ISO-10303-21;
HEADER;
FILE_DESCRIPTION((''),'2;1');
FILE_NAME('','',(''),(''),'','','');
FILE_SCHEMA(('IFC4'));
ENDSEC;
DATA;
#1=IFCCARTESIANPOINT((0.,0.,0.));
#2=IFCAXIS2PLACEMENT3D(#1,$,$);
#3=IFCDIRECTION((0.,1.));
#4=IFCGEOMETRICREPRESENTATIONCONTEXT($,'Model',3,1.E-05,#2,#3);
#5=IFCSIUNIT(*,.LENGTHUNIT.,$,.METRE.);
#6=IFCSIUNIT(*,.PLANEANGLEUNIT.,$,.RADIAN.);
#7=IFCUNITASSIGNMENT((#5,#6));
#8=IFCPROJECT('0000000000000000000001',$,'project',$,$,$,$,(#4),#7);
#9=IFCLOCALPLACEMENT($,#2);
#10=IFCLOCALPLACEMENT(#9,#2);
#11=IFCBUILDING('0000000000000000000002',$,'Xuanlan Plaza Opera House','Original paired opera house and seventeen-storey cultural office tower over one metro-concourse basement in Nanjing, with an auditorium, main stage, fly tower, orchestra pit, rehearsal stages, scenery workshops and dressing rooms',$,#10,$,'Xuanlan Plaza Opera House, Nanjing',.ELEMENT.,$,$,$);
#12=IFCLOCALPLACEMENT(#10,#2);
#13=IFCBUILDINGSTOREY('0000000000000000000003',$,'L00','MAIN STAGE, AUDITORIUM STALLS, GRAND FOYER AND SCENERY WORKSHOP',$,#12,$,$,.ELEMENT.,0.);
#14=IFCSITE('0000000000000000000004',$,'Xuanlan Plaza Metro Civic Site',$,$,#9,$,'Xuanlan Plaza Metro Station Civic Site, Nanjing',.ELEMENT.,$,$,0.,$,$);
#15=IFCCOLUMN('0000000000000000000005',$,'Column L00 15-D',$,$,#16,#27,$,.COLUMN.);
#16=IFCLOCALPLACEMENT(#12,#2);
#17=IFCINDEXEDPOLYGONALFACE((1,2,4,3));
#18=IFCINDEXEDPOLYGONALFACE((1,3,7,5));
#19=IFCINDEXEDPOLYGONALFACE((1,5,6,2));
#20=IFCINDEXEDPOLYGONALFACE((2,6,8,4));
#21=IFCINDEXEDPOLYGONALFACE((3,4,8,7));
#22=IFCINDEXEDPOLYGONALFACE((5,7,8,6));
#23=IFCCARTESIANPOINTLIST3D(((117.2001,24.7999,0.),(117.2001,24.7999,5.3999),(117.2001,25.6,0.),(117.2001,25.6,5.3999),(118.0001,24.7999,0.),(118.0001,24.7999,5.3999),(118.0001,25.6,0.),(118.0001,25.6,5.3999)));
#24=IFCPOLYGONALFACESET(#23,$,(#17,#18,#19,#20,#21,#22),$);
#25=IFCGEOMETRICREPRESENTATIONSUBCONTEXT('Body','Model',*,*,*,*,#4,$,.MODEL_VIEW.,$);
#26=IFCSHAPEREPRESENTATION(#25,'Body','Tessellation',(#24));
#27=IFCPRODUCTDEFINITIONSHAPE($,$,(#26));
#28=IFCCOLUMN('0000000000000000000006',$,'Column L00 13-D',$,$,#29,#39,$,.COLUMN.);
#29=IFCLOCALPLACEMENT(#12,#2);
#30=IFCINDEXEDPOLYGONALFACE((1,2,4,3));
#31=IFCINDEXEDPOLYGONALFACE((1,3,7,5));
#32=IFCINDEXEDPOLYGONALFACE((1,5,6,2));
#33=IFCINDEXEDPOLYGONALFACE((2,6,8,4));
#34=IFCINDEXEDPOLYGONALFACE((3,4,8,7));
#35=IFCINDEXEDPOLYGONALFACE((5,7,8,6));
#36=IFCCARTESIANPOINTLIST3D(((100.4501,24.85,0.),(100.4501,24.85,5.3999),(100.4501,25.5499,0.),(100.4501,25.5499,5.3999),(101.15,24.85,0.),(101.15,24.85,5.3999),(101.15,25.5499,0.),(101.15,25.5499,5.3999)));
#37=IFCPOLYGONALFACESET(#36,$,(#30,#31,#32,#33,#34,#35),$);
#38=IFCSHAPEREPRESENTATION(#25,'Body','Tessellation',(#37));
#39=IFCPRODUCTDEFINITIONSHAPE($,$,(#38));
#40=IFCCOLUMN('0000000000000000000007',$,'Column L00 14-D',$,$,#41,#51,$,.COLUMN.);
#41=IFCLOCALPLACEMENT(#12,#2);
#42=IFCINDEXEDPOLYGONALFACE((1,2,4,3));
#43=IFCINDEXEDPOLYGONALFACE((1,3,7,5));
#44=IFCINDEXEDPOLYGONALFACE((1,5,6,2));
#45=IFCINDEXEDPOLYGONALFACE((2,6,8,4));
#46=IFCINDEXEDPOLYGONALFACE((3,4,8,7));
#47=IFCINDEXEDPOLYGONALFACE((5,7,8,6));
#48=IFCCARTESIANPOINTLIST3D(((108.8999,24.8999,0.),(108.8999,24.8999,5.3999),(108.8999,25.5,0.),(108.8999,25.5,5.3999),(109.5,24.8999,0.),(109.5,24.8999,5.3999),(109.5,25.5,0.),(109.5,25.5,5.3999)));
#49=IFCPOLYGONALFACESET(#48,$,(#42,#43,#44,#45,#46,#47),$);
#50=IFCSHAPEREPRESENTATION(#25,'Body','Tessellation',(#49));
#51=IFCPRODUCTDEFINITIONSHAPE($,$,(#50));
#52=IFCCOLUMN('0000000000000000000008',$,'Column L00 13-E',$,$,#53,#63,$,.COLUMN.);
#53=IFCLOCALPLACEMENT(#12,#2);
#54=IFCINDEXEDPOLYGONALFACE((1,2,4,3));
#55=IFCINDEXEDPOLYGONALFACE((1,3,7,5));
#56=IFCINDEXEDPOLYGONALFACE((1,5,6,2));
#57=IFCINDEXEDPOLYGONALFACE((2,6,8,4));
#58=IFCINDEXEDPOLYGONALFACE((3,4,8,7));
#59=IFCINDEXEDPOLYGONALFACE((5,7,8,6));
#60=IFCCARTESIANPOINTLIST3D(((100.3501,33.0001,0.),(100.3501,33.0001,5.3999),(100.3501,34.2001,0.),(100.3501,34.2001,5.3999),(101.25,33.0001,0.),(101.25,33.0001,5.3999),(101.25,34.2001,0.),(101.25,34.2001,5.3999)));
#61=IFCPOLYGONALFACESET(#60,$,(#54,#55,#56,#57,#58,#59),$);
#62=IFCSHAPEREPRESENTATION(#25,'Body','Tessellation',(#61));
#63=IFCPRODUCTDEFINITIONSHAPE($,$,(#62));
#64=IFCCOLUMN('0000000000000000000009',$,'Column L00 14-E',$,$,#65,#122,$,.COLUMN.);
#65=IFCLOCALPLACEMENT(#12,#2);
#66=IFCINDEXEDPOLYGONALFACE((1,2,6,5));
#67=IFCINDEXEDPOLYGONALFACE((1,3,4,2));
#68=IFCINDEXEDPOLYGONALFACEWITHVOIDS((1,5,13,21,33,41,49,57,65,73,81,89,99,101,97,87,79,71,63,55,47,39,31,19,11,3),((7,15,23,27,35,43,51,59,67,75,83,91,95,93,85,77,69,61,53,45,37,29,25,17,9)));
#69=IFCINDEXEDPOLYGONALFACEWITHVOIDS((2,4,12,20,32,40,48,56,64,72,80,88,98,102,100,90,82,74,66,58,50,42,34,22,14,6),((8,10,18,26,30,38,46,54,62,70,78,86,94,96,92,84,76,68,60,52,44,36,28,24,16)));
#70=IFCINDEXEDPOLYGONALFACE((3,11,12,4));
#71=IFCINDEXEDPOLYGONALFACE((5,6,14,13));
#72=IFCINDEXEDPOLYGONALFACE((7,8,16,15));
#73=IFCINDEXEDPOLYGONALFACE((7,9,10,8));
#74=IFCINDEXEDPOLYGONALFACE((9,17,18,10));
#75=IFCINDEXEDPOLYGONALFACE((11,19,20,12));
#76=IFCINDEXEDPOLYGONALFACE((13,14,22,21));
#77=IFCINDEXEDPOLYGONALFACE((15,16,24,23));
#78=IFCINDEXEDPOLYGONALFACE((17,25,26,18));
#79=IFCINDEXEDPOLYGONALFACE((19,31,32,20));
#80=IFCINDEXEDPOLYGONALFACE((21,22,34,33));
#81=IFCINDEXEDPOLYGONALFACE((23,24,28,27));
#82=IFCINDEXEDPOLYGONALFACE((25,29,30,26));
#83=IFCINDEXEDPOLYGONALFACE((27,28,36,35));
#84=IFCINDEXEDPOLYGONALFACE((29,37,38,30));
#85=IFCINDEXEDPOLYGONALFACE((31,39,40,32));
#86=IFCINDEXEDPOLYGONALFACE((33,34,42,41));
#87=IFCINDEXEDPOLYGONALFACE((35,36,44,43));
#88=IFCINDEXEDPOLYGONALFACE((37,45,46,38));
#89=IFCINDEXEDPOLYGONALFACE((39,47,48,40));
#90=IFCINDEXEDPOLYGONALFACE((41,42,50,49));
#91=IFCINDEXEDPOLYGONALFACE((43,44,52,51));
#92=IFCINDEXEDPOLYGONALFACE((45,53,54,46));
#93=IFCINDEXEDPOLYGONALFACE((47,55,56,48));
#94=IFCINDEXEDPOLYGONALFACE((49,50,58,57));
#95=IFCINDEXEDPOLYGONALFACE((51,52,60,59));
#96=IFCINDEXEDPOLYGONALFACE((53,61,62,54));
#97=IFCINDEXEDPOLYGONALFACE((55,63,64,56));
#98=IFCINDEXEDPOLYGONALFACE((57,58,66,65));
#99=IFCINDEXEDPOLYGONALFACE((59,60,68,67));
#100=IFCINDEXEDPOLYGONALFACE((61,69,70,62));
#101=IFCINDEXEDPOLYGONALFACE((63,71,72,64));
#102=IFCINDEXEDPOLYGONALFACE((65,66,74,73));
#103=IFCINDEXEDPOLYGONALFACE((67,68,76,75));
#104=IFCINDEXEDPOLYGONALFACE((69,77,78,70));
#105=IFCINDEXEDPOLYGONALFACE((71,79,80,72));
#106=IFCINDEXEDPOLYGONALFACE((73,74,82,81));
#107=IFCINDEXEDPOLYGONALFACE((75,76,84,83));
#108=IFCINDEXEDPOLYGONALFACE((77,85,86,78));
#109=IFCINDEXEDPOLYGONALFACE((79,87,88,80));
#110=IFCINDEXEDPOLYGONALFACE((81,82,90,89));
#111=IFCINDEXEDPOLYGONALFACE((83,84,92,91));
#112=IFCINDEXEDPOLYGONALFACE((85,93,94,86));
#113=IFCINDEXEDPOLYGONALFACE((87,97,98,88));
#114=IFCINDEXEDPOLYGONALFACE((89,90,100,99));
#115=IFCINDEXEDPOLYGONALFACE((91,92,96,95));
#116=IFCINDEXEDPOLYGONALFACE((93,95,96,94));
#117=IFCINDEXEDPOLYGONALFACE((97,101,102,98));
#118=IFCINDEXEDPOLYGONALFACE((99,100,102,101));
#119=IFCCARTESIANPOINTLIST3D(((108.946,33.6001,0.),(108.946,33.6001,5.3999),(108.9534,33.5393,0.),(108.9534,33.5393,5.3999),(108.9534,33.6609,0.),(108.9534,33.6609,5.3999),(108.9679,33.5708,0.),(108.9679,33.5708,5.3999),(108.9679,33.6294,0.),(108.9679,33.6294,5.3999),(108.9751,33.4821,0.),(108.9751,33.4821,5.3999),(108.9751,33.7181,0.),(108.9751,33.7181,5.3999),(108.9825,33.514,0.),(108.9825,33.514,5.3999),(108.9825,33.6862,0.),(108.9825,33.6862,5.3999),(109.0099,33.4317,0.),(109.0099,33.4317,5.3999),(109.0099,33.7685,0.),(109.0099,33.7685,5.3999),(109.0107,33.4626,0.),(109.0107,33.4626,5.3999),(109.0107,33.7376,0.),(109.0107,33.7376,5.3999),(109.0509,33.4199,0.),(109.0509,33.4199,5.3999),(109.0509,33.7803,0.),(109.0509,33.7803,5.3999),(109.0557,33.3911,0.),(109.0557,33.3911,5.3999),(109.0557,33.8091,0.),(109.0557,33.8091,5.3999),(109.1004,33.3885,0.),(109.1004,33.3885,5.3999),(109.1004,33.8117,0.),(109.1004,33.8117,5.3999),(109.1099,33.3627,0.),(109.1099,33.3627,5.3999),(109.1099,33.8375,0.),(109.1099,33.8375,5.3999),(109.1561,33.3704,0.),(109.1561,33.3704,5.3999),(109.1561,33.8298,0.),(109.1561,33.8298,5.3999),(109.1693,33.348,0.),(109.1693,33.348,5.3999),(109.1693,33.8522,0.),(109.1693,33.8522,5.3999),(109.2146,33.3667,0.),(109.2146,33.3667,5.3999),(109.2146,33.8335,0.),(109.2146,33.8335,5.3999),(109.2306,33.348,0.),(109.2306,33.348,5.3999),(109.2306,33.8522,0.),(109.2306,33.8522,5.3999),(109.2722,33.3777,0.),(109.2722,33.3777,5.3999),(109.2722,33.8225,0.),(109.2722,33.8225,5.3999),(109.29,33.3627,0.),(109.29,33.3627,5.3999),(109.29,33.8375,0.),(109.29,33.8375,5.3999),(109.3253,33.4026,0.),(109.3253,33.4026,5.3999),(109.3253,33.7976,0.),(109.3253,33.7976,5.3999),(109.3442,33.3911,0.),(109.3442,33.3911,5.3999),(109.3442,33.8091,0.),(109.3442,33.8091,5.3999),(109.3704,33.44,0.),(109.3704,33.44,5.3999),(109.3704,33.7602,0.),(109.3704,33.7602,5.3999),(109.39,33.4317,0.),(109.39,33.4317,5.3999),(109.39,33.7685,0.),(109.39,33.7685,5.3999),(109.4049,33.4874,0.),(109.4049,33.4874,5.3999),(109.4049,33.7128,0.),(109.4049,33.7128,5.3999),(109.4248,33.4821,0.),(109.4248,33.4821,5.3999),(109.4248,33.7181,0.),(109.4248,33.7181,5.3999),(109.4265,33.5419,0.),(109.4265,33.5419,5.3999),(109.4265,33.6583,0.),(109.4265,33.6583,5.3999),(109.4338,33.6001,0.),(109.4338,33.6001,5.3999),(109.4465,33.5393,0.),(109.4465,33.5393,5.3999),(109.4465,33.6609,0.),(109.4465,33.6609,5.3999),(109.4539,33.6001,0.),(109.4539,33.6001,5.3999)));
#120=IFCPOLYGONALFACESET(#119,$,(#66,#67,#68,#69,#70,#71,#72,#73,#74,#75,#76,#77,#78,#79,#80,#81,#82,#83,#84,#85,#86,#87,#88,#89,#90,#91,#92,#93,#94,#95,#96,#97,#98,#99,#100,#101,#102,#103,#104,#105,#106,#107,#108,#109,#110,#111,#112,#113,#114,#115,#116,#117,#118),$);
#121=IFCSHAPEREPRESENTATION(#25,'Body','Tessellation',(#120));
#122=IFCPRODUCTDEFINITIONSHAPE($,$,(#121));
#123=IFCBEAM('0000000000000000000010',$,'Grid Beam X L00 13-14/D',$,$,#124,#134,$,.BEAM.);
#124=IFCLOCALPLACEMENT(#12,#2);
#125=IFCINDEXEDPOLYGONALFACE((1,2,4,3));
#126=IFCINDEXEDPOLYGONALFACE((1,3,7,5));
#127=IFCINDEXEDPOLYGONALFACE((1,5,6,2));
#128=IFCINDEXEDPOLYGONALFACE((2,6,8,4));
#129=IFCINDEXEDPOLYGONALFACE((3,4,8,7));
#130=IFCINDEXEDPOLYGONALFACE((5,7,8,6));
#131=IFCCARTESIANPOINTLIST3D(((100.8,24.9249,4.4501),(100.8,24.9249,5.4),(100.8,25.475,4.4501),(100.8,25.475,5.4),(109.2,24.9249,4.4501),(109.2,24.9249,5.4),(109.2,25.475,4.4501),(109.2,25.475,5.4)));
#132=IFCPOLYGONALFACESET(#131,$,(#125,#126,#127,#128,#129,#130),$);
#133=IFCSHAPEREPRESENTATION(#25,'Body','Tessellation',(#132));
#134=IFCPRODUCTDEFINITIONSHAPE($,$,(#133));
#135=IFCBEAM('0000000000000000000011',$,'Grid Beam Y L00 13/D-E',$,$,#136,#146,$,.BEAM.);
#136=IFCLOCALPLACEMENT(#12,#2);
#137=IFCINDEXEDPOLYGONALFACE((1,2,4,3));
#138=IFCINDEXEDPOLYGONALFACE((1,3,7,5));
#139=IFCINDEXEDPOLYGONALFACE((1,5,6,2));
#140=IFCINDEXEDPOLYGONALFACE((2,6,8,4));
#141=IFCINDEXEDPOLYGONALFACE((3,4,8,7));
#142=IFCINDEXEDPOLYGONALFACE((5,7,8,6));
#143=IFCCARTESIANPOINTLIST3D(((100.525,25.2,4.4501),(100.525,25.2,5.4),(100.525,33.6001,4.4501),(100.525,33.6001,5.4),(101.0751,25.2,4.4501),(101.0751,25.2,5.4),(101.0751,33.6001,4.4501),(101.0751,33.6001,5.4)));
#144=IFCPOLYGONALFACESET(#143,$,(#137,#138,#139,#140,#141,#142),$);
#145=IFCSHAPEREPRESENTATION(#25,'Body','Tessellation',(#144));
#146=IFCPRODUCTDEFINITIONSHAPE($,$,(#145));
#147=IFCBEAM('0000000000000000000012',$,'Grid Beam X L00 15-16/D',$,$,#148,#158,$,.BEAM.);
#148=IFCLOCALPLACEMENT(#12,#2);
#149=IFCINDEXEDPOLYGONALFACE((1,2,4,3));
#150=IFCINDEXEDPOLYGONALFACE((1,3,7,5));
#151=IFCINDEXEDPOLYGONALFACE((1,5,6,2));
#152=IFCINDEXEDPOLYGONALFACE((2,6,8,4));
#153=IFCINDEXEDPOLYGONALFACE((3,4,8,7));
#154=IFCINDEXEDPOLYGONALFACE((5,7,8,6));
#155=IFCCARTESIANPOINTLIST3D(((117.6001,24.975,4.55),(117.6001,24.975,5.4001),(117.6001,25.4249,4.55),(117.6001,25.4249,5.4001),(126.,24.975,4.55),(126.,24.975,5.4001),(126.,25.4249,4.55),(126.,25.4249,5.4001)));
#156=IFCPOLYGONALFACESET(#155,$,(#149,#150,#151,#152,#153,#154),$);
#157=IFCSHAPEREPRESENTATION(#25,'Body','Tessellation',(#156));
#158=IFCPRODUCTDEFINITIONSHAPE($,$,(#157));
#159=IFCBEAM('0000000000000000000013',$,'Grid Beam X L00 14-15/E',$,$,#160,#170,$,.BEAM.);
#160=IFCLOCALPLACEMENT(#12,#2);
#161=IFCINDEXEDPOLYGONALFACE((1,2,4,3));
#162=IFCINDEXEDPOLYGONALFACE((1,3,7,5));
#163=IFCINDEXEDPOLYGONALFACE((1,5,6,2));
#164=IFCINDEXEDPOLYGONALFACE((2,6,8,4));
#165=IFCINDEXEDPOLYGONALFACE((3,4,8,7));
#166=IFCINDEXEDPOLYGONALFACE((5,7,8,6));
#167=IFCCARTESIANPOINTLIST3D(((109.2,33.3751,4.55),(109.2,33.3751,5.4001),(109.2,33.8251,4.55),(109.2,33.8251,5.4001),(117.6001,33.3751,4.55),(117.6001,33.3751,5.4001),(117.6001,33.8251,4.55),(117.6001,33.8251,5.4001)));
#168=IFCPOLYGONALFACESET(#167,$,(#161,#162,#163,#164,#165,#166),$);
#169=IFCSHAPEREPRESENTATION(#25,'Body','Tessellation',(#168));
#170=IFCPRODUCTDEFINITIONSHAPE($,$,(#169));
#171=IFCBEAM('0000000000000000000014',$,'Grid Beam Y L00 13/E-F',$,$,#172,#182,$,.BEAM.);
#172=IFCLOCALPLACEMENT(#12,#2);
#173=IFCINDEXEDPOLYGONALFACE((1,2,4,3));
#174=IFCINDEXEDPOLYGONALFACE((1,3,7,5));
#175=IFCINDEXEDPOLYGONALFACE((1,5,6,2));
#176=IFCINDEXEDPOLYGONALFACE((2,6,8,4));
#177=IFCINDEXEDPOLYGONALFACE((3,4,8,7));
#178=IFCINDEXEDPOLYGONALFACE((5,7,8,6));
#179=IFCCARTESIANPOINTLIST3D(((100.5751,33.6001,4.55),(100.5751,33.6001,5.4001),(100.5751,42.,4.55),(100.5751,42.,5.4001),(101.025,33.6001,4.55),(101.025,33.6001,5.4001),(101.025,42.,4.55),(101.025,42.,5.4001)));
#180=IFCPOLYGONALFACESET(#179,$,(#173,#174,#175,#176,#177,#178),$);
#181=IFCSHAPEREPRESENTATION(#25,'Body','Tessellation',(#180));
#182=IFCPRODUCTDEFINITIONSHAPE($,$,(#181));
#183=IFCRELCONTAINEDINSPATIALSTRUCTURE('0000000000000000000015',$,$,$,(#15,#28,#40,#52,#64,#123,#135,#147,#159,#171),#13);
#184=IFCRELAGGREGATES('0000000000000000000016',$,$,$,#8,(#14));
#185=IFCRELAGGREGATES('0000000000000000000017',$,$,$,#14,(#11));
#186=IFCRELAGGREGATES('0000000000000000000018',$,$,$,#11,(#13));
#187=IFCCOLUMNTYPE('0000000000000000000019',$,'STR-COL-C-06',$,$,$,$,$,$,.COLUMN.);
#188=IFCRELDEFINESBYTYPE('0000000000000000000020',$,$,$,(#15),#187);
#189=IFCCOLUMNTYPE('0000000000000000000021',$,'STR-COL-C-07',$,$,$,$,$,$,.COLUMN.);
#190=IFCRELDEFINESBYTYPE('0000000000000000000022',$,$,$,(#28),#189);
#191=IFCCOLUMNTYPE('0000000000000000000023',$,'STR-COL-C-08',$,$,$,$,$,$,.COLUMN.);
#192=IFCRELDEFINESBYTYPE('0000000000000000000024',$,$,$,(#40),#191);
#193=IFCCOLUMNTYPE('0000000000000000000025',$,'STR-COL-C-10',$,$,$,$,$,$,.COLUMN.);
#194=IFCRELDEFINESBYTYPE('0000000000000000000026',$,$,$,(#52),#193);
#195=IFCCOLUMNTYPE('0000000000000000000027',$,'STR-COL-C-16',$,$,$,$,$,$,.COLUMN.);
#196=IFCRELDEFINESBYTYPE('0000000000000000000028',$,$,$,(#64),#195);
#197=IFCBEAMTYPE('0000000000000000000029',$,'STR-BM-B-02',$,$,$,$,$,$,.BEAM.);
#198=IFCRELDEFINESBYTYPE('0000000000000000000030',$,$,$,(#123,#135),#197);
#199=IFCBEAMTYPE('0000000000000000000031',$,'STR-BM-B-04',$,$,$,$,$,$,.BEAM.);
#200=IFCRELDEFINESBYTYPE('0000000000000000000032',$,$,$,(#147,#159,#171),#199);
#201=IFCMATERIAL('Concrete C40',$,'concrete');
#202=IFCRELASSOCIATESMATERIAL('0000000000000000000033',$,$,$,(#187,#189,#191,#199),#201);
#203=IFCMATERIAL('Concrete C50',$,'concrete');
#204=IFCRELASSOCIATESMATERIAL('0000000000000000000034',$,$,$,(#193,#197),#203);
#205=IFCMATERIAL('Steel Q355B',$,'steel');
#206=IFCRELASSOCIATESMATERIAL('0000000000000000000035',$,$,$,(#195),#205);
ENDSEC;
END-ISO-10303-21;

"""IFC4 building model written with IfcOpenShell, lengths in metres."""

from ifc_helpers import new_model, si_unit, direction, frame, origin, origin_2d, place, context, subcontext, project, spatial, rectangle, hollow_circle, extrude, material, material_profile, profile_set, type_object, element, save


model = new_model("IFC4")

# Units and contexts
model_context = context("Model", 3, precision=1e-05, world=origin(), true_north=direction((0.0, 1.0)))
body_context = subcontext(model_context, "Body", "Model", "MODEL_VIEW")
ifc_project = project(units=[si_unit("LENGTHUNIT", "METRE"), si_unit("PLANEANGLEUNIT", "RADIAN")], contexts=[model_context])

# Site, building, storey
site_placement = place(None, origin())
site = spatial("IfcSite", under=ifc_project, at=site_placement, Name="Xuanlan Plaza Metro Civic Site", LongName="Xuanlan Plaza Metro Station Civic Site, Nanjing", CompositionType="ELEMENT", RefElevation=0.0)
building_placement = place(site_placement, origin())
building = spatial("IfcBuilding", under=site, at=building_placement, Name="Xuanlan Plaza Opera House", Description="Original paired opera house and seventeen-storey cultural office tower over one metro-concourse basement in Nanjing, with an auditorium, main stage, fly tower, orchestra pit, rehearsal stages, scenery workshops and dressing rooms", LongName="Xuanlan Plaza Opera House, Nanjing", CompositionType="ELEMENT")
storey_placement = place(building_placement, origin())
storey = spatial("IfcBuildingStorey", under=building, at=storey_placement, Name="L00", Description="MAIN STAGE, AUDITORIUM STALLS, GRAND FOYER AND SCENERY WORKSHOP", CompositionType="ELEMENT", Elevation=0.0)

# Columns
ifc_material_1 = material(Name="Concrete C40", Category="concrete")
ifc_material_profile_1 = material_profile(ifc_material_1, rectangle(XDim=0.8, YDim=0.8, at=origin_2d()), Name="RC-COL 800x800")
ifc_profile_set_1 = profile_set([ifc_material_profile_1], Name="Concrete C40")
column_type_1 = type_object("IfcColumnType", Name="STR-COL-C-06", PredefinedType="COLUMN", material=ifc_profile_set_1)
column_1_placement = place(storey_placement, frame((117.6001, 25.2, 0.0), z_axis=(0.0, 0.0, 1.0), x_axis=(1.0, 0.0, 0.0)))
element("IfcColumn", 1, at=column_1_placement, inside=storey, type_object=column_type_1, Name="Column L00 15-D", PredefinedType="COLUMN", context=body_context, shape_type="SweptSolid", body=[
    extrude(rectangle(XDim=0.8, YDim=0.8, at=origin_2d()), origin(), (0.0, 0.0, 1.0), 5.3999),
])
ifc_material_profile_2 = material_profile(ifc_material_1, rectangle(XDim=0.7, YDim=0.7, at=origin_2d()), Name="RC-COL 700x700")
ifc_profile_set_2 = profile_set([ifc_material_profile_2], Name="Concrete C40")
column_type_2 = type_object("IfcColumnType", Name="STR-COL-C-07", PredefinedType="COLUMN", material=ifc_profile_set_2)
column_2_placement = place(storey_placement, frame((100.8, 25.2, 0.0), z_axis=(0.0, 0.0, 1.0), x_axis=(1.0, 0.0, 0.0)))
element("IfcColumn", 2, at=column_2_placement, inside=storey, type_object=column_type_2, Name="Column L00 13-D", PredefinedType="COLUMN", context=body_context, shape_type="SweptSolid", body=[
    extrude(rectangle(XDim=0.7, YDim=0.7, at=origin_2d()), origin(), (0.0, 0.0, 1.0), 5.3999),
])
ifc_material_profile_3 = material_profile(ifc_material_1, rectangle(XDim=0.6001, YDim=0.6001, at=origin_2d()), Name="RC-COL 600x600")
ifc_profile_set_3 = profile_set([ifc_material_profile_3], Name="Concrete C40")
column_type_3 = type_object("IfcColumnType", Name="STR-COL-C-08", PredefinedType="COLUMN", material=ifc_profile_set_3)
column_3_placement = place(storey_placement, frame((109.2, 25.2, 0.0), z_axis=(0.0, 0.0, 1.0), x_axis=(1.0, 0.0, 0.0)))
element("IfcColumn", 3, at=column_3_placement, inside=storey, type_object=column_type_3, Name="Column L00 14-D", PredefinedType="COLUMN", context=body_context, shape_type="SweptSolid", body=[
    extrude(rectangle(XDim=0.6001, YDim=0.6001, at=origin_2d()), origin(), (0.0, 0.0, 1.0), 5.3999),
])
ifc_material_2 = material(Name="Concrete C50", Category="concrete")
ifc_material_profile_4 = material_profile(ifc_material_2, rectangle(XDim=0.8999, YDim=1.2, at=origin_2d()), Name="RC-COL 900x1200")
ifc_profile_set_4 = profile_set([ifc_material_profile_4], Name="Concrete C50")
column_type_4 = type_object("IfcColumnType", Name="STR-COL-C-10", PredefinedType="COLUMN", material=ifc_profile_set_4)
column_4_placement = place(storey_placement, frame((100.8, 33.6001, 0.0), z_axis=(0.0, 0.0, 1.0), x_axis=(1.0, 0.0, 0.0)))
element("IfcColumn", 4, at=column_4_placement, inside=storey, type_object=column_type_4, Name="Column L00 13-E", PredefinedType="COLUMN", context=body_context, shape_type="SweptSolid", body=[
    extrude(rectangle(XDim=0.8999, YDim=1.2, at=origin_2d()), origin(), (0.0, 0.0, 1.0), 5.3999),
])
ifc_material_3 = material(Name="Steel Q355B", Category="steel")
ifc_material_profile_5 = material_profile(ifc_material_3, hollow_circle(Radius=0.2539, WallThickness=0.02, at=origin_2d()), Name="CHS 508x20")
ifc_profile_set_5 = profile_set([ifc_material_profile_5], Name="Steel Q355B")
column_type_5 = type_object("IfcColumnType", Name="STR-COL-C-16", PredefinedType="COLUMN", material=ifc_profile_set_5)
column_5_placement = place(storey_placement, frame((109.2, 33.6001, 0.0), z_axis=(0.0, 0.0, 1.0), x_axis=(1.0, 0.0, 0.0)))
element("IfcColumn", 5, at=column_5_placement, inside=storey, type_object=column_type_5, Name="Column L00 14-E", PredefinedType="COLUMN", context=body_context, shape_type="SweptSolid", body=[
    extrude(hollow_circle(Radius=0.2539, WallThickness=0.02, at=origin_2d()), origin(), (0.0, 0.0, 1.0), 5.3999),
])

# Beams
ifc_material_profile_6 = material_profile(ifc_material_2, rectangle(XDim=0.55, YDim=0.95, at=origin_2d()), Name="RC-BM 550x950")
ifc_profile_set_6 = profile_set([ifc_material_profile_6], Name="Concrete C50")
beam_type_1 = type_object("IfcBeamType", Name="STR-BM-B-02", PredefinedType="BEAM", material=ifc_profile_set_6)
beam_1_placement = place(storey_placement, frame((100.8, 25.2, 4.925), z_axis=(1.0, 0.0, 0.0), x_axis=(0.0, 1.0, 0.0)))
element("IfcBeam", 6, at=beam_1_placement, inside=storey, type_object=beam_type_1, Name="Grid Beam X L00 13-14/D", PredefinedType="BEAM", context=body_context, shape_type="SweptSolid", body=[
    extrude(rectangle(XDim=0.55, YDim=0.95, at=origin_2d()), origin(), (0.0, 0.0, 1.0), 8.3999),
])
beam_2_placement = place(storey_placement, frame((100.8, 25.2, 4.925), z_axis=(0.0, 1.0, 0.0), x_axis=(-1.0, 0.0, 0.0)))
element("IfcBeam", 7, at=beam_2_placement, inside=storey, type_object=beam_type_1, Name="Grid Beam Y L00 13/D-E", PredefinedType="BEAM", context=body_context, shape_type="SweptSolid", body=[
    extrude(rectangle(XDim=0.55, YDim=0.95, at=origin_2d()), origin(), (0.0, 0.0, 1.0), 8.4001),
])
ifc_material_profile_7 = material_profile(ifc_material_1, rectangle(XDim=0.45, YDim=0.8501, at=origin_2d()), Name="RC-BM 450x850")
ifc_profile_set_7 = profile_set([ifc_material_profile_7], Name="Concrete C40")
beam_type_2 = type_object("IfcBeamType", Name="STR-BM-B-04", PredefinedType="BEAM", material=ifc_profile_set_7)
beam_3_placement = place(storey_placement, frame((117.6001, 25.2, 4.9751), z_axis=(1.0, 0.0, 0.0), x_axis=(0.0, 1.0, 0.0)))
element("IfcBeam", 8, at=beam_3_placement, inside=storey, type_object=beam_type_2, Name="Grid Beam X L00 15-16/D", PredefinedType="BEAM", context=body_context, shape_type="SweptSolid", body=[
    extrude(rectangle(XDim=0.45, YDim=0.8501, at=origin_2d()), origin(), (0.0, 0.0, 1.0), 8.3999),
])
beam_4_placement = place(storey_placement, frame((109.2, 33.6001, 4.9751), z_axis=(1.0, 0.0, 0.0), x_axis=(0.0, 1.0, 0.0)))
element("IfcBeam", 9, at=beam_4_placement, inside=storey, type_object=beam_type_2, Name="Grid Beam X L00 14-15/E", PredefinedType="BEAM", context=body_context, shape_type="SweptSolid", body=[
    extrude(rectangle(XDim=0.45, YDim=0.8501, at=origin_2d()), origin(), (0.0, 0.0, 1.0), 8.4001),
])
beam_5_placement = place(storey_placement, frame((100.8, 33.6001, 4.9751), z_axis=(0.0, 1.0, 0.0), x_axis=(-1.0, 0.0, 0.0)))
element("IfcBeam", 10, at=beam_5_placement, inside=storey, type_object=beam_type_2, Name="Grid Beam Y L00 13/E-F", PredefinedType="BEAM", context=body_context, shape_type="SweptSolid", body=[
    extrude(rectangle(XDim=0.45, YDim=0.8501, at=origin_2d()), origin(), (0.0, 0.0, 1.0), 8.3999),
])

save(model, "model.ifc")
